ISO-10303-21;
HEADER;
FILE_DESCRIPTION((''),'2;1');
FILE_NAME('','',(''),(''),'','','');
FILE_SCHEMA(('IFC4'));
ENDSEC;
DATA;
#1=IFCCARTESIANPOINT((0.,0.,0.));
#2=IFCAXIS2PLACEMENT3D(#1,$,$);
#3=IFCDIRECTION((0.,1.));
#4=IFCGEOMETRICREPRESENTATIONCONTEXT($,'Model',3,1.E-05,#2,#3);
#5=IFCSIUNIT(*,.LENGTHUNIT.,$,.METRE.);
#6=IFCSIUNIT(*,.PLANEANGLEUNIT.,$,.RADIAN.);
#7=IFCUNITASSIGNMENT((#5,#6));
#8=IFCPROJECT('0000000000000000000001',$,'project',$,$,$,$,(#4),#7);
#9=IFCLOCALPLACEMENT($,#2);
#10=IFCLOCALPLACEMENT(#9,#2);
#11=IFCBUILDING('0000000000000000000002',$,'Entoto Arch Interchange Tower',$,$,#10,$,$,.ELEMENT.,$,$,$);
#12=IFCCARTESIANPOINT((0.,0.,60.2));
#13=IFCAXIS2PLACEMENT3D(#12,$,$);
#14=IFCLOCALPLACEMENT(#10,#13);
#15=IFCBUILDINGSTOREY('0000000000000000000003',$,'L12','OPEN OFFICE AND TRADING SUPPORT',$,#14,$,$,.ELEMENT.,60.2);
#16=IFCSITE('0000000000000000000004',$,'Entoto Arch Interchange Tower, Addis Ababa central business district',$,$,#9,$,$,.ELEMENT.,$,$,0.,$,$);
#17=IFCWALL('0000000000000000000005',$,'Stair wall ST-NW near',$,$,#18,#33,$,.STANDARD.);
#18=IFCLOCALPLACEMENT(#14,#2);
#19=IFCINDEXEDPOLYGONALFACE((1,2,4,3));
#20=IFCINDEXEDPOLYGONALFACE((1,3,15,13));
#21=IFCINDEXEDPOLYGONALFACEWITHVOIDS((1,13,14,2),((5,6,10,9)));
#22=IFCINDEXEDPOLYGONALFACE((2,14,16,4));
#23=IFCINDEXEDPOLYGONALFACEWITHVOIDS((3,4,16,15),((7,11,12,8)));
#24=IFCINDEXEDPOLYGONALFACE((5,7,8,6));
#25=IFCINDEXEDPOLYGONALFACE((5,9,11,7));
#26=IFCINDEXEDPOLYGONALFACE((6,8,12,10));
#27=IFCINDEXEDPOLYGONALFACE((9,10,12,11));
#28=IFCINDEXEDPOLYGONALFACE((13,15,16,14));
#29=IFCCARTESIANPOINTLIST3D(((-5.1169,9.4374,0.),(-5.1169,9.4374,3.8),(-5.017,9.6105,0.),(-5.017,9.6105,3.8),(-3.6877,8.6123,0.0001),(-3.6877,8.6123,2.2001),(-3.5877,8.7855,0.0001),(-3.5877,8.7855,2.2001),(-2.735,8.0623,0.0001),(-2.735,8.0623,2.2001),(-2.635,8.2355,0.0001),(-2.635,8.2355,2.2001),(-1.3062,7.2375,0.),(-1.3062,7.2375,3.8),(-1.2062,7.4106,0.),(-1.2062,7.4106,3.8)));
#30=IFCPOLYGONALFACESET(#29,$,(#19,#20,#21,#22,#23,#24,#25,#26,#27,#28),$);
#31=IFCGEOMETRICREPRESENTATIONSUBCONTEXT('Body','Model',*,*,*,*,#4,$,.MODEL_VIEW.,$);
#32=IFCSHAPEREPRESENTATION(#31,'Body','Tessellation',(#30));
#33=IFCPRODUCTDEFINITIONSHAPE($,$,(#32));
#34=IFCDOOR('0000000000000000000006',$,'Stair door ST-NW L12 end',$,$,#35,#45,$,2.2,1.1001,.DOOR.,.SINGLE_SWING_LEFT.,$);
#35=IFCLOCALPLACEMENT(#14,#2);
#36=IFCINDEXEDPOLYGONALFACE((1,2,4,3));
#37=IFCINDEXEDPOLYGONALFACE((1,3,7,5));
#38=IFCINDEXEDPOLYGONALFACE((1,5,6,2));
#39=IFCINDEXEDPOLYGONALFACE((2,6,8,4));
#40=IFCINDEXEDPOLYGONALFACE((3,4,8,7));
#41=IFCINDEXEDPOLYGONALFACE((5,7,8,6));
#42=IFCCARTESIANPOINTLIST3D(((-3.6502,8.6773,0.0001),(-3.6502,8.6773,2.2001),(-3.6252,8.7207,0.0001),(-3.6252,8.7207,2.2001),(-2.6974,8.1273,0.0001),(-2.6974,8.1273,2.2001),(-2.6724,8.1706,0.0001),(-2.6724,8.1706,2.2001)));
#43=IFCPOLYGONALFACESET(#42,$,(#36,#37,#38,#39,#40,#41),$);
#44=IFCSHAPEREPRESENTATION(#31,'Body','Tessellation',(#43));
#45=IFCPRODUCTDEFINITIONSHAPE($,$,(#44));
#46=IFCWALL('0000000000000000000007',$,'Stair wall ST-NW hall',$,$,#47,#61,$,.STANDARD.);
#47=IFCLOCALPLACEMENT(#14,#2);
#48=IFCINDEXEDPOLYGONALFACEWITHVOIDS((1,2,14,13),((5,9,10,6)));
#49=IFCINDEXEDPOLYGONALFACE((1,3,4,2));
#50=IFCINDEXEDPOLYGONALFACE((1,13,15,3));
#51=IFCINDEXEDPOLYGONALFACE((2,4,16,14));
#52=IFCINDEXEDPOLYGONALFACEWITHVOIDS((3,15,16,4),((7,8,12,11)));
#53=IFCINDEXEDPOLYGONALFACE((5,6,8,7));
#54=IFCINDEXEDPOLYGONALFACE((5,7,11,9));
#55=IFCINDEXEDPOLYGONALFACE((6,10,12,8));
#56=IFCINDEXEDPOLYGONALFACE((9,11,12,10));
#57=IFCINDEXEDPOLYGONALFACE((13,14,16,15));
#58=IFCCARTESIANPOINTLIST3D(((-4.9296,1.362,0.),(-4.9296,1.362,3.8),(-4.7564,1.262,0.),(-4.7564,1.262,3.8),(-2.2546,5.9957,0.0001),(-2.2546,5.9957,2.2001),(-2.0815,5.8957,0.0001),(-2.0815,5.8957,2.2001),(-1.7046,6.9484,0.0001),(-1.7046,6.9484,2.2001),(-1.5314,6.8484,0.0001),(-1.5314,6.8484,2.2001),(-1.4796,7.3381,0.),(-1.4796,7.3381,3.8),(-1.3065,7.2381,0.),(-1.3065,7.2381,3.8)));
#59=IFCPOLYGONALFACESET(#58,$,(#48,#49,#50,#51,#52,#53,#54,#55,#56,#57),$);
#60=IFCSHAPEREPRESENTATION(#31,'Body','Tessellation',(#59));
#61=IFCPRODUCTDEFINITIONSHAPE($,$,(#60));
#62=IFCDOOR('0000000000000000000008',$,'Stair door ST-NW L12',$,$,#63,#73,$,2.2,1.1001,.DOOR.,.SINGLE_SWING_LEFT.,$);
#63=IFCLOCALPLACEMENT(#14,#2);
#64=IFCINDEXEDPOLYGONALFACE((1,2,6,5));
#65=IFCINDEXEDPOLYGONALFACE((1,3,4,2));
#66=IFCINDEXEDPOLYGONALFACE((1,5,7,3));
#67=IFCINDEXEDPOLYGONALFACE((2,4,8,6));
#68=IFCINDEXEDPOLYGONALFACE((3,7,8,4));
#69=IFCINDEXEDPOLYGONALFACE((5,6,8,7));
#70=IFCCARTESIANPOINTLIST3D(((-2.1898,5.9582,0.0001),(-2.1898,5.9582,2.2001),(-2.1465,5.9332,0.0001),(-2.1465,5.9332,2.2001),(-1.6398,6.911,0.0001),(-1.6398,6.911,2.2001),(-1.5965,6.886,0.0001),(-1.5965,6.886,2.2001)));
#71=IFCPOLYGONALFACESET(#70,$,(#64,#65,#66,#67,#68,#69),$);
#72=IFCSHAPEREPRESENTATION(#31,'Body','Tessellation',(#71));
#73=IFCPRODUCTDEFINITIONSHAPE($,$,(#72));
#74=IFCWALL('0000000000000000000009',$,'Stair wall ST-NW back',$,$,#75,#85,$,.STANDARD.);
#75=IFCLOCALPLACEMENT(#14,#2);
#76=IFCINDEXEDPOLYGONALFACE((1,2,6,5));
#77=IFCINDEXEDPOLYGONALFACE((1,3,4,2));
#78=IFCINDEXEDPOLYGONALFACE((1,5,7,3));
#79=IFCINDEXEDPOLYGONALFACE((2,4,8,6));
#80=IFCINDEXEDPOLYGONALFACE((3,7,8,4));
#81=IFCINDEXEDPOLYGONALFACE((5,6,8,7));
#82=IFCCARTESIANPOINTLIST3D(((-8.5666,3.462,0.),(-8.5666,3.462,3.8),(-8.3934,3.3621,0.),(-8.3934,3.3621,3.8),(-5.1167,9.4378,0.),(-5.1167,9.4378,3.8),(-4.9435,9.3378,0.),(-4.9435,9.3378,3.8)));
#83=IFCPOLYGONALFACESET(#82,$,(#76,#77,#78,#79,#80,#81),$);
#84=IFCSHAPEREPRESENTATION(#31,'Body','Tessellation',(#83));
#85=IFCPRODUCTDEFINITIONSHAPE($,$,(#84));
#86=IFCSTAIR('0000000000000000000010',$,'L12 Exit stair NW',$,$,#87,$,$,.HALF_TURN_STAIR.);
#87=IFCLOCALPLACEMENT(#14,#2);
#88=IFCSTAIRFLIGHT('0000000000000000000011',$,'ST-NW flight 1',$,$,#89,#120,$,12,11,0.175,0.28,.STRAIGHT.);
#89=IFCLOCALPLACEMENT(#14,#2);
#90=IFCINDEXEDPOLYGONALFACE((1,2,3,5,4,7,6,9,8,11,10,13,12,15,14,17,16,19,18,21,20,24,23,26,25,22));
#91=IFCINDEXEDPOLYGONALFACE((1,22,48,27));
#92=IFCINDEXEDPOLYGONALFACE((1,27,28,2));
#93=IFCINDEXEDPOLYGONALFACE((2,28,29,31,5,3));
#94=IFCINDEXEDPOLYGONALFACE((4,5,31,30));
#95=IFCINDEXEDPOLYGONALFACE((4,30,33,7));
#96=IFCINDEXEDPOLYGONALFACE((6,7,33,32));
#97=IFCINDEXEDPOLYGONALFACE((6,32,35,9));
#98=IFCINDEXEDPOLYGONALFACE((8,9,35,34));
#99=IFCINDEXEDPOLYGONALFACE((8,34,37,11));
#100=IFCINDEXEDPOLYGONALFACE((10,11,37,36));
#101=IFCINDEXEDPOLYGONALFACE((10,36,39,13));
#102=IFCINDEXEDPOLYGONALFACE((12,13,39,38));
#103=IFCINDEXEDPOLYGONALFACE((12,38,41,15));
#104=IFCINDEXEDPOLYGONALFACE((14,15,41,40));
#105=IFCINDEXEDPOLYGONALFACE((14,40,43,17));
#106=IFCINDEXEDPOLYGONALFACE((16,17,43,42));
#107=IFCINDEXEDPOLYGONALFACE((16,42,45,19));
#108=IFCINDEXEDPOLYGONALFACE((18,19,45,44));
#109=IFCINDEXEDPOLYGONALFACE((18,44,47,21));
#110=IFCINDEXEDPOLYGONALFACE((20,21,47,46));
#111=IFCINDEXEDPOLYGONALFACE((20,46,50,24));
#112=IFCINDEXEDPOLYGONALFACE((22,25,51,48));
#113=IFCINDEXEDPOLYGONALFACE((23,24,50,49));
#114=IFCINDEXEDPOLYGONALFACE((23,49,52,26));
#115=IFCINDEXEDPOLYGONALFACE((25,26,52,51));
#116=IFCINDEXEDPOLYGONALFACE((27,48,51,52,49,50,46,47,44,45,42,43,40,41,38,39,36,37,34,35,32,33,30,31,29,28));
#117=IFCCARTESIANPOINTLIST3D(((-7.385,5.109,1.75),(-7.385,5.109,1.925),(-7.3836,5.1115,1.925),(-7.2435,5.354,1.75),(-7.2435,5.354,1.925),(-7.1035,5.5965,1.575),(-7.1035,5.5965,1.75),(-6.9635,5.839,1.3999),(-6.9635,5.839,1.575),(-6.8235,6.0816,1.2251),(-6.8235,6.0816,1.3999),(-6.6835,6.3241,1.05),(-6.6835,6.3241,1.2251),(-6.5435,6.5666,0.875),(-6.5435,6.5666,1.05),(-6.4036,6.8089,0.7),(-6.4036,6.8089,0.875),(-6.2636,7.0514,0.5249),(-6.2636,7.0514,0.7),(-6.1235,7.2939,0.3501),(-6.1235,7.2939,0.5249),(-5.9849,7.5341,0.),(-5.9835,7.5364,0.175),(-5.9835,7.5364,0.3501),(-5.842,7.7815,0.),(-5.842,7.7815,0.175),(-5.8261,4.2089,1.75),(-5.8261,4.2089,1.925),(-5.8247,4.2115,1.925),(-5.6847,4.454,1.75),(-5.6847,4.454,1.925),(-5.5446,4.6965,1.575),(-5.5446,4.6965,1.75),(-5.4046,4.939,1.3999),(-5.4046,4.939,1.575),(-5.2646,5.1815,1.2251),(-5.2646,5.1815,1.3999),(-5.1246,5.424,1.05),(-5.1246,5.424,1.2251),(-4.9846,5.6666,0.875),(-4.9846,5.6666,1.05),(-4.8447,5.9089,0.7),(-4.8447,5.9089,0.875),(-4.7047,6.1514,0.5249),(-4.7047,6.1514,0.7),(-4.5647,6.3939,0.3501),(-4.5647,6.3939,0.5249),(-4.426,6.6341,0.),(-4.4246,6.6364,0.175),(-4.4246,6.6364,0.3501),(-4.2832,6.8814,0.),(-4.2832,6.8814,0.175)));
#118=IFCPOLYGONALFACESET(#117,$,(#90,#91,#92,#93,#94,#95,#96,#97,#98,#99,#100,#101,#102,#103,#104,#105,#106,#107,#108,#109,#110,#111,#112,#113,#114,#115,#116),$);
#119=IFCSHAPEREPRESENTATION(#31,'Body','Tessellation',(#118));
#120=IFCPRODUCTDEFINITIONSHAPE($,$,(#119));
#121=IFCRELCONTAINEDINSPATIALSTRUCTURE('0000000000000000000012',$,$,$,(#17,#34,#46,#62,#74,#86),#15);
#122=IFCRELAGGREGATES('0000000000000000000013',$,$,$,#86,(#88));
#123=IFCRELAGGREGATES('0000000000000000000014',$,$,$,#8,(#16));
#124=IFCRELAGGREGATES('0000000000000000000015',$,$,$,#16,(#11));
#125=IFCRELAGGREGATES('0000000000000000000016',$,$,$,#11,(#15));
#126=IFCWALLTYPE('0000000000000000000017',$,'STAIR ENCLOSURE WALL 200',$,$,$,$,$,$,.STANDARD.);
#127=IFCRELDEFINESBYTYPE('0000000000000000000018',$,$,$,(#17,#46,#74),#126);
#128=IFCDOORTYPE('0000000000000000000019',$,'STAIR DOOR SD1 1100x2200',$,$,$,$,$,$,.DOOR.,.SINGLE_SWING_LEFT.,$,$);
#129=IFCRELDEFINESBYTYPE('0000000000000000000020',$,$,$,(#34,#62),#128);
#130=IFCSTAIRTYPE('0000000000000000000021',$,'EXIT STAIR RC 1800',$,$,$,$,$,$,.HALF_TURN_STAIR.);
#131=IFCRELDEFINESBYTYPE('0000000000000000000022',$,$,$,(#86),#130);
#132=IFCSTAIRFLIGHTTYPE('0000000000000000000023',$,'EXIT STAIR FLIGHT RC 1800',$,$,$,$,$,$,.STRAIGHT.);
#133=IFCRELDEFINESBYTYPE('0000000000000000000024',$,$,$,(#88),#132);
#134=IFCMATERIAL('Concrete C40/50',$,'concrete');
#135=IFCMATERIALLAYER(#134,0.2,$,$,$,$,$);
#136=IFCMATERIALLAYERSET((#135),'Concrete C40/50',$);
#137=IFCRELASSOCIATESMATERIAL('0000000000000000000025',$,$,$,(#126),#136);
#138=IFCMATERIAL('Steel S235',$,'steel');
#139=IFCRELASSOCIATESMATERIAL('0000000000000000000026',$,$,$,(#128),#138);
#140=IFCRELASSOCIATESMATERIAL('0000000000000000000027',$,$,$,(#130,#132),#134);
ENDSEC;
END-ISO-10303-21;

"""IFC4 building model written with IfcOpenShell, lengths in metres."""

from ifc_helpers import new_model, si_unit, direction, frame, frame_2d, origin, place, context, subcontext, project, spatial, polyline, rectangle, outline, extrude, material, layer, layer_set, type_object, element, fill, aggregate, save


model = new_model("IFC4")

# Units and contexts
model_context = context("Model", 3, precision=1e-05, world=origin(), true_north=direction((0.0, 1.0)))
body_context = subcontext(model_context, "Body", "Model", "MODEL_VIEW")
ifc_project = project(units=[si_unit("LENGTHUNIT", "METRE"), si_unit("PLANEANGLEUNIT", "RADIAN")], contexts=[model_context])

# Site, building, storey
site_placement = place(None, origin())
site = spatial("IfcSite", under=ifc_project, at=site_placement, Name="Entoto Arch Interchange Tower, Addis Ababa central business district", CompositionType="ELEMENT", RefElevation=0.0)
building_placement = place(site_placement, origin())
building = spatial("IfcBuilding", under=site, at=building_placement, Name="Entoto Arch Interchange Tower", CompositionType="ELEMENT")
storey_placement = place(building_placement, frame((0.0, 0.0, 60.2)))
storey = spatial("IfcBuildingStorey", under=building, at=storey_placement, Name="L12", Description="OPEN OFFICE AND TRADING SUPPORT", CompositionType="ELEMENT", Elevation=60.2)

# Shared definitions
ifc_material_1 = material(Name="Concrete C40/50", Category="concrete")

# Walls, openings, doors
ifc_layer_1 = layer(ifc_material_1, 0.2)
ifc_layer_set_1 = layer_set([ifc_layer_1], Name="Concrete C40/50")
wall_type_1 = type_object("IfcWallType", Name="STAIR ENCLOSURE WALL 200", PredefinedType="STANDARD", material=ifc_layer_set_1)
wall_1_placement = place(storey_placement, frame((-1.2561, 7.324, 0.0), z_axis=(0.0, 0.0, 1.0), x_axis=(-0.866046, 0.499964, 0.0)))
wall_1 = element("IfcWall", 1, at=wall_1_placement, inside=storey, type_object=wall_type_1, Name="Stair wall ST-NW near", PredefinedType="STANDARD", context=body_context, shape_type="SweptSolid", body=[
    extrude(rectangle(XDim=4.4001, YDim=0.2, at=frame_2d((2.2002, 0.0))), origin(), (0.0, 0.0, 1.0), 3.8),
])
opening_1_placement = place(wall_1_placement, frame((1.6499, 0.0, 0.0)))
opening_1 = element("IfcOpeningElement", 2, at=opening_1_placement, cuts=wall_1, PredefinedType="OPENING", context=body_context, shape_type="SweptSolid", body=[
    extrude(rectangle(XDim=1.1001, YDim=2.2, at=frame_2d((0.55, 1.1001))), frame((0.0, 0.1099, 0.0), z_axis=(0.0, -1.0, 0.0), x_axis=(1.0, 0.0, 0.0)), (0.0, 0.0, 1.0), 0.22),
])
ifc_material_2 = material(Name="Steel S235", Category="steel")
door_type_1 = type_object("IfcDoorType", Name="STAIR DOOR SD1 1100x2200", OperationType="SINGLE_SWING_LEFT", PredefinedType="DOOR", material=ifc_material_2)
door_1_placement = place(opening_1_placement, origin())
door_1 = element("IfcDoor", 3, at=door_1_placement, inside=storey, type_object=door_type_1, Name="Stair door ST-NW L12 end", OperationType="SINGLE_SWING_LEFT", OverallHeight=2.2, OverallWidth=1.1001, PredefinedType="DOOR", context=body_context, shape_type="SweptSolid", body=[
    extrude(rectangle(XDim=1.1001, YDim=2.2, at=frame_2d((0.55, 1.1001))), frame((0.0, 0.0249, 0.0), z_axis=(0.0, -1.0, 0.0), x_axis=(1.0, 0.0, 0.0)), (0.0, 0.0, 1.0), 0.05),
])
fill(opening_1, door_1)
wall_2_placement = place(storey_placement, frame((-1.3931, 7.2881, 0.0), z_axis=(0.0, 0.0, 1.0), x_axis=(-0.499963, -0.866047, 0.0)))
wall_2 = element("IfcWall", 4, at=wall_2_placement, inside=storey, type_object=wall_type_1, Name="Stair wall ST-NW hall", PredefinedType="STANDARD", context=body_context, shape_type="SweptSolid", body=[
    extrude(rectangle(XDim=6.9004, YDim=0.2, at=frame_2d((3.4502, 0.0))), origin(), (0.0, 0.0, 1.0), 3.8),
])
opening_2_placement = place(wall_2_placement, frame((0.45, 0.0, 0.0)))
opening_2 = element("IfcOpeningElement", 5, at=opening_2_placement, cuts=wall_2, PredefinedType="OPENING", context=body_context, shape_type="SweptSolid", body=[
    extrude(rectangle(XDim=1.1001, YDim=2.2, at=frame_2d((0.55, 1.1001))), frame((0.0, 0.1099, 0.0), z_axis=(0.0, -1.0, 0.0), x_axis=(1.0, 0.0, 0.0)), (0.0, 0.0, 1.0), 0.22),
])
door_2_placement = place(opening_2_placement, origin())
door_2 = element("IfcDoor", 6, at=door_2_placement, inside=storey, type_object=door_type_1, Name="Stair door ST-NW L12", OperationType="SINGLE_SWING_LEFT", OverallHeight=2.2, OverallWidth=1.1001, PredefinedType="DOOR", context=body_context, shape_type="SweptSolid", body=[
    extrude(rectangle(XDim=1.1001, YDim=2.2, at=frame_2d((0.55, 1.1001))), frame((0.0, 0.0249, 0.0), z_axis=(0.0, -1.0, 0.0), x_axis=(1.0, 0.0, 0.0)), (0.0, 0.0, 1.0), 0.05),
])
fill(opening_2, door_2)

# Wall
wall_3_placement = place(storey_placement, frame((-5.03, 9.3879, 0.0), z_axis=(0.0, 0.0, 1.0), x_axis=(-0.499979, -0.866038, 0.0)))
element("IfcWall", 7, at=wall_3_placement, inside=storey, type_object=wall_type_1, Name="Stair wall ST-NW back", PredefinedType="STANDARD", context=body_context, shape_type="SweptSolid", body=[
    extrude(rectangle(XDim=6.9001, YDim=0.2, at=frame_2d((3.4502, 0.0))), origin(), (0.0, 0.0, 1.0), 3.8),
])

# Stair, stair flight
stair_type = type_object("IfcStairType", Name="EXIT STAIR RC 1800", PredefinedType="HALF_TURN_STAIR", material=ifc_material_1)
stair_placement = place(storey_placement, origin())
stair = element("IfcStair", 8, at=stair_placement, inside=storey, type_object=stair_type, Name="L12 Exit stair NW", PredefinedType="HALF_TURN_STAIR")
stair_flight_type = type_object("IfcStairFlightType", Name="EXIT STAIR FLIGHT RC 1800", PredefinedType="STRAIGHT", material=ifc_material_1)
stair_flight_placement = place(storey_placement, frame((-5.064, 7.3289, 0.0), z_axis=(0.0, 0.0, 1.0), x_axis=(-0.5, -0.866025, 0.0)))
stair_flight = element("IfcStairFlight", 9, at=stair_flight_placement, type_object=stair_flight_type, Name="ST-NW flight 1", NumberOfRisers=12, NumberOfTreads=11, PredefinedType="STRAIGHT", RiserHeight=0.175, TreadLength=0.28, context=body_context, shape_type="SweptSolid", body=[
    extrude(outline(polyline([(-0.0029, 0.0), (-0.0029, 0.175), (0.28, 0.175), (0.28, 0.3501), (0.5601, 0.3501), (0.5601, 0.5249), (0.8401, 0.5249), (0.8401, 0.7), (1.1201, 0.7), (1.1201, 0.875), (1.3999, 0.875), (1.3999, 1.05), (1.6799, 1.05), (1.6799, 1.2251), (1.96, 1.2251), (1.96, 1.3999), (2.24, 1.3999), (2.24, 1.575), (2.52, 1.575), (2.52, 1.75), (2.8, 1.75), (2.8, 1.925), (3.0801, 1.925), (3.083, 1.925), (3.083, 1.75), (0.2827, 0.0), (-0.0029, 0.0)])), frame((0.0, 0.8999, 0.0), z_axis=(0.0, -1.0, 0.0), x_axis=(1.0, 0.0, 0.0)), (0.0, 0.0, 1.0), 1.8),
])
aggregate(stair, [stair_flight])

save(model, "model.ifc")
